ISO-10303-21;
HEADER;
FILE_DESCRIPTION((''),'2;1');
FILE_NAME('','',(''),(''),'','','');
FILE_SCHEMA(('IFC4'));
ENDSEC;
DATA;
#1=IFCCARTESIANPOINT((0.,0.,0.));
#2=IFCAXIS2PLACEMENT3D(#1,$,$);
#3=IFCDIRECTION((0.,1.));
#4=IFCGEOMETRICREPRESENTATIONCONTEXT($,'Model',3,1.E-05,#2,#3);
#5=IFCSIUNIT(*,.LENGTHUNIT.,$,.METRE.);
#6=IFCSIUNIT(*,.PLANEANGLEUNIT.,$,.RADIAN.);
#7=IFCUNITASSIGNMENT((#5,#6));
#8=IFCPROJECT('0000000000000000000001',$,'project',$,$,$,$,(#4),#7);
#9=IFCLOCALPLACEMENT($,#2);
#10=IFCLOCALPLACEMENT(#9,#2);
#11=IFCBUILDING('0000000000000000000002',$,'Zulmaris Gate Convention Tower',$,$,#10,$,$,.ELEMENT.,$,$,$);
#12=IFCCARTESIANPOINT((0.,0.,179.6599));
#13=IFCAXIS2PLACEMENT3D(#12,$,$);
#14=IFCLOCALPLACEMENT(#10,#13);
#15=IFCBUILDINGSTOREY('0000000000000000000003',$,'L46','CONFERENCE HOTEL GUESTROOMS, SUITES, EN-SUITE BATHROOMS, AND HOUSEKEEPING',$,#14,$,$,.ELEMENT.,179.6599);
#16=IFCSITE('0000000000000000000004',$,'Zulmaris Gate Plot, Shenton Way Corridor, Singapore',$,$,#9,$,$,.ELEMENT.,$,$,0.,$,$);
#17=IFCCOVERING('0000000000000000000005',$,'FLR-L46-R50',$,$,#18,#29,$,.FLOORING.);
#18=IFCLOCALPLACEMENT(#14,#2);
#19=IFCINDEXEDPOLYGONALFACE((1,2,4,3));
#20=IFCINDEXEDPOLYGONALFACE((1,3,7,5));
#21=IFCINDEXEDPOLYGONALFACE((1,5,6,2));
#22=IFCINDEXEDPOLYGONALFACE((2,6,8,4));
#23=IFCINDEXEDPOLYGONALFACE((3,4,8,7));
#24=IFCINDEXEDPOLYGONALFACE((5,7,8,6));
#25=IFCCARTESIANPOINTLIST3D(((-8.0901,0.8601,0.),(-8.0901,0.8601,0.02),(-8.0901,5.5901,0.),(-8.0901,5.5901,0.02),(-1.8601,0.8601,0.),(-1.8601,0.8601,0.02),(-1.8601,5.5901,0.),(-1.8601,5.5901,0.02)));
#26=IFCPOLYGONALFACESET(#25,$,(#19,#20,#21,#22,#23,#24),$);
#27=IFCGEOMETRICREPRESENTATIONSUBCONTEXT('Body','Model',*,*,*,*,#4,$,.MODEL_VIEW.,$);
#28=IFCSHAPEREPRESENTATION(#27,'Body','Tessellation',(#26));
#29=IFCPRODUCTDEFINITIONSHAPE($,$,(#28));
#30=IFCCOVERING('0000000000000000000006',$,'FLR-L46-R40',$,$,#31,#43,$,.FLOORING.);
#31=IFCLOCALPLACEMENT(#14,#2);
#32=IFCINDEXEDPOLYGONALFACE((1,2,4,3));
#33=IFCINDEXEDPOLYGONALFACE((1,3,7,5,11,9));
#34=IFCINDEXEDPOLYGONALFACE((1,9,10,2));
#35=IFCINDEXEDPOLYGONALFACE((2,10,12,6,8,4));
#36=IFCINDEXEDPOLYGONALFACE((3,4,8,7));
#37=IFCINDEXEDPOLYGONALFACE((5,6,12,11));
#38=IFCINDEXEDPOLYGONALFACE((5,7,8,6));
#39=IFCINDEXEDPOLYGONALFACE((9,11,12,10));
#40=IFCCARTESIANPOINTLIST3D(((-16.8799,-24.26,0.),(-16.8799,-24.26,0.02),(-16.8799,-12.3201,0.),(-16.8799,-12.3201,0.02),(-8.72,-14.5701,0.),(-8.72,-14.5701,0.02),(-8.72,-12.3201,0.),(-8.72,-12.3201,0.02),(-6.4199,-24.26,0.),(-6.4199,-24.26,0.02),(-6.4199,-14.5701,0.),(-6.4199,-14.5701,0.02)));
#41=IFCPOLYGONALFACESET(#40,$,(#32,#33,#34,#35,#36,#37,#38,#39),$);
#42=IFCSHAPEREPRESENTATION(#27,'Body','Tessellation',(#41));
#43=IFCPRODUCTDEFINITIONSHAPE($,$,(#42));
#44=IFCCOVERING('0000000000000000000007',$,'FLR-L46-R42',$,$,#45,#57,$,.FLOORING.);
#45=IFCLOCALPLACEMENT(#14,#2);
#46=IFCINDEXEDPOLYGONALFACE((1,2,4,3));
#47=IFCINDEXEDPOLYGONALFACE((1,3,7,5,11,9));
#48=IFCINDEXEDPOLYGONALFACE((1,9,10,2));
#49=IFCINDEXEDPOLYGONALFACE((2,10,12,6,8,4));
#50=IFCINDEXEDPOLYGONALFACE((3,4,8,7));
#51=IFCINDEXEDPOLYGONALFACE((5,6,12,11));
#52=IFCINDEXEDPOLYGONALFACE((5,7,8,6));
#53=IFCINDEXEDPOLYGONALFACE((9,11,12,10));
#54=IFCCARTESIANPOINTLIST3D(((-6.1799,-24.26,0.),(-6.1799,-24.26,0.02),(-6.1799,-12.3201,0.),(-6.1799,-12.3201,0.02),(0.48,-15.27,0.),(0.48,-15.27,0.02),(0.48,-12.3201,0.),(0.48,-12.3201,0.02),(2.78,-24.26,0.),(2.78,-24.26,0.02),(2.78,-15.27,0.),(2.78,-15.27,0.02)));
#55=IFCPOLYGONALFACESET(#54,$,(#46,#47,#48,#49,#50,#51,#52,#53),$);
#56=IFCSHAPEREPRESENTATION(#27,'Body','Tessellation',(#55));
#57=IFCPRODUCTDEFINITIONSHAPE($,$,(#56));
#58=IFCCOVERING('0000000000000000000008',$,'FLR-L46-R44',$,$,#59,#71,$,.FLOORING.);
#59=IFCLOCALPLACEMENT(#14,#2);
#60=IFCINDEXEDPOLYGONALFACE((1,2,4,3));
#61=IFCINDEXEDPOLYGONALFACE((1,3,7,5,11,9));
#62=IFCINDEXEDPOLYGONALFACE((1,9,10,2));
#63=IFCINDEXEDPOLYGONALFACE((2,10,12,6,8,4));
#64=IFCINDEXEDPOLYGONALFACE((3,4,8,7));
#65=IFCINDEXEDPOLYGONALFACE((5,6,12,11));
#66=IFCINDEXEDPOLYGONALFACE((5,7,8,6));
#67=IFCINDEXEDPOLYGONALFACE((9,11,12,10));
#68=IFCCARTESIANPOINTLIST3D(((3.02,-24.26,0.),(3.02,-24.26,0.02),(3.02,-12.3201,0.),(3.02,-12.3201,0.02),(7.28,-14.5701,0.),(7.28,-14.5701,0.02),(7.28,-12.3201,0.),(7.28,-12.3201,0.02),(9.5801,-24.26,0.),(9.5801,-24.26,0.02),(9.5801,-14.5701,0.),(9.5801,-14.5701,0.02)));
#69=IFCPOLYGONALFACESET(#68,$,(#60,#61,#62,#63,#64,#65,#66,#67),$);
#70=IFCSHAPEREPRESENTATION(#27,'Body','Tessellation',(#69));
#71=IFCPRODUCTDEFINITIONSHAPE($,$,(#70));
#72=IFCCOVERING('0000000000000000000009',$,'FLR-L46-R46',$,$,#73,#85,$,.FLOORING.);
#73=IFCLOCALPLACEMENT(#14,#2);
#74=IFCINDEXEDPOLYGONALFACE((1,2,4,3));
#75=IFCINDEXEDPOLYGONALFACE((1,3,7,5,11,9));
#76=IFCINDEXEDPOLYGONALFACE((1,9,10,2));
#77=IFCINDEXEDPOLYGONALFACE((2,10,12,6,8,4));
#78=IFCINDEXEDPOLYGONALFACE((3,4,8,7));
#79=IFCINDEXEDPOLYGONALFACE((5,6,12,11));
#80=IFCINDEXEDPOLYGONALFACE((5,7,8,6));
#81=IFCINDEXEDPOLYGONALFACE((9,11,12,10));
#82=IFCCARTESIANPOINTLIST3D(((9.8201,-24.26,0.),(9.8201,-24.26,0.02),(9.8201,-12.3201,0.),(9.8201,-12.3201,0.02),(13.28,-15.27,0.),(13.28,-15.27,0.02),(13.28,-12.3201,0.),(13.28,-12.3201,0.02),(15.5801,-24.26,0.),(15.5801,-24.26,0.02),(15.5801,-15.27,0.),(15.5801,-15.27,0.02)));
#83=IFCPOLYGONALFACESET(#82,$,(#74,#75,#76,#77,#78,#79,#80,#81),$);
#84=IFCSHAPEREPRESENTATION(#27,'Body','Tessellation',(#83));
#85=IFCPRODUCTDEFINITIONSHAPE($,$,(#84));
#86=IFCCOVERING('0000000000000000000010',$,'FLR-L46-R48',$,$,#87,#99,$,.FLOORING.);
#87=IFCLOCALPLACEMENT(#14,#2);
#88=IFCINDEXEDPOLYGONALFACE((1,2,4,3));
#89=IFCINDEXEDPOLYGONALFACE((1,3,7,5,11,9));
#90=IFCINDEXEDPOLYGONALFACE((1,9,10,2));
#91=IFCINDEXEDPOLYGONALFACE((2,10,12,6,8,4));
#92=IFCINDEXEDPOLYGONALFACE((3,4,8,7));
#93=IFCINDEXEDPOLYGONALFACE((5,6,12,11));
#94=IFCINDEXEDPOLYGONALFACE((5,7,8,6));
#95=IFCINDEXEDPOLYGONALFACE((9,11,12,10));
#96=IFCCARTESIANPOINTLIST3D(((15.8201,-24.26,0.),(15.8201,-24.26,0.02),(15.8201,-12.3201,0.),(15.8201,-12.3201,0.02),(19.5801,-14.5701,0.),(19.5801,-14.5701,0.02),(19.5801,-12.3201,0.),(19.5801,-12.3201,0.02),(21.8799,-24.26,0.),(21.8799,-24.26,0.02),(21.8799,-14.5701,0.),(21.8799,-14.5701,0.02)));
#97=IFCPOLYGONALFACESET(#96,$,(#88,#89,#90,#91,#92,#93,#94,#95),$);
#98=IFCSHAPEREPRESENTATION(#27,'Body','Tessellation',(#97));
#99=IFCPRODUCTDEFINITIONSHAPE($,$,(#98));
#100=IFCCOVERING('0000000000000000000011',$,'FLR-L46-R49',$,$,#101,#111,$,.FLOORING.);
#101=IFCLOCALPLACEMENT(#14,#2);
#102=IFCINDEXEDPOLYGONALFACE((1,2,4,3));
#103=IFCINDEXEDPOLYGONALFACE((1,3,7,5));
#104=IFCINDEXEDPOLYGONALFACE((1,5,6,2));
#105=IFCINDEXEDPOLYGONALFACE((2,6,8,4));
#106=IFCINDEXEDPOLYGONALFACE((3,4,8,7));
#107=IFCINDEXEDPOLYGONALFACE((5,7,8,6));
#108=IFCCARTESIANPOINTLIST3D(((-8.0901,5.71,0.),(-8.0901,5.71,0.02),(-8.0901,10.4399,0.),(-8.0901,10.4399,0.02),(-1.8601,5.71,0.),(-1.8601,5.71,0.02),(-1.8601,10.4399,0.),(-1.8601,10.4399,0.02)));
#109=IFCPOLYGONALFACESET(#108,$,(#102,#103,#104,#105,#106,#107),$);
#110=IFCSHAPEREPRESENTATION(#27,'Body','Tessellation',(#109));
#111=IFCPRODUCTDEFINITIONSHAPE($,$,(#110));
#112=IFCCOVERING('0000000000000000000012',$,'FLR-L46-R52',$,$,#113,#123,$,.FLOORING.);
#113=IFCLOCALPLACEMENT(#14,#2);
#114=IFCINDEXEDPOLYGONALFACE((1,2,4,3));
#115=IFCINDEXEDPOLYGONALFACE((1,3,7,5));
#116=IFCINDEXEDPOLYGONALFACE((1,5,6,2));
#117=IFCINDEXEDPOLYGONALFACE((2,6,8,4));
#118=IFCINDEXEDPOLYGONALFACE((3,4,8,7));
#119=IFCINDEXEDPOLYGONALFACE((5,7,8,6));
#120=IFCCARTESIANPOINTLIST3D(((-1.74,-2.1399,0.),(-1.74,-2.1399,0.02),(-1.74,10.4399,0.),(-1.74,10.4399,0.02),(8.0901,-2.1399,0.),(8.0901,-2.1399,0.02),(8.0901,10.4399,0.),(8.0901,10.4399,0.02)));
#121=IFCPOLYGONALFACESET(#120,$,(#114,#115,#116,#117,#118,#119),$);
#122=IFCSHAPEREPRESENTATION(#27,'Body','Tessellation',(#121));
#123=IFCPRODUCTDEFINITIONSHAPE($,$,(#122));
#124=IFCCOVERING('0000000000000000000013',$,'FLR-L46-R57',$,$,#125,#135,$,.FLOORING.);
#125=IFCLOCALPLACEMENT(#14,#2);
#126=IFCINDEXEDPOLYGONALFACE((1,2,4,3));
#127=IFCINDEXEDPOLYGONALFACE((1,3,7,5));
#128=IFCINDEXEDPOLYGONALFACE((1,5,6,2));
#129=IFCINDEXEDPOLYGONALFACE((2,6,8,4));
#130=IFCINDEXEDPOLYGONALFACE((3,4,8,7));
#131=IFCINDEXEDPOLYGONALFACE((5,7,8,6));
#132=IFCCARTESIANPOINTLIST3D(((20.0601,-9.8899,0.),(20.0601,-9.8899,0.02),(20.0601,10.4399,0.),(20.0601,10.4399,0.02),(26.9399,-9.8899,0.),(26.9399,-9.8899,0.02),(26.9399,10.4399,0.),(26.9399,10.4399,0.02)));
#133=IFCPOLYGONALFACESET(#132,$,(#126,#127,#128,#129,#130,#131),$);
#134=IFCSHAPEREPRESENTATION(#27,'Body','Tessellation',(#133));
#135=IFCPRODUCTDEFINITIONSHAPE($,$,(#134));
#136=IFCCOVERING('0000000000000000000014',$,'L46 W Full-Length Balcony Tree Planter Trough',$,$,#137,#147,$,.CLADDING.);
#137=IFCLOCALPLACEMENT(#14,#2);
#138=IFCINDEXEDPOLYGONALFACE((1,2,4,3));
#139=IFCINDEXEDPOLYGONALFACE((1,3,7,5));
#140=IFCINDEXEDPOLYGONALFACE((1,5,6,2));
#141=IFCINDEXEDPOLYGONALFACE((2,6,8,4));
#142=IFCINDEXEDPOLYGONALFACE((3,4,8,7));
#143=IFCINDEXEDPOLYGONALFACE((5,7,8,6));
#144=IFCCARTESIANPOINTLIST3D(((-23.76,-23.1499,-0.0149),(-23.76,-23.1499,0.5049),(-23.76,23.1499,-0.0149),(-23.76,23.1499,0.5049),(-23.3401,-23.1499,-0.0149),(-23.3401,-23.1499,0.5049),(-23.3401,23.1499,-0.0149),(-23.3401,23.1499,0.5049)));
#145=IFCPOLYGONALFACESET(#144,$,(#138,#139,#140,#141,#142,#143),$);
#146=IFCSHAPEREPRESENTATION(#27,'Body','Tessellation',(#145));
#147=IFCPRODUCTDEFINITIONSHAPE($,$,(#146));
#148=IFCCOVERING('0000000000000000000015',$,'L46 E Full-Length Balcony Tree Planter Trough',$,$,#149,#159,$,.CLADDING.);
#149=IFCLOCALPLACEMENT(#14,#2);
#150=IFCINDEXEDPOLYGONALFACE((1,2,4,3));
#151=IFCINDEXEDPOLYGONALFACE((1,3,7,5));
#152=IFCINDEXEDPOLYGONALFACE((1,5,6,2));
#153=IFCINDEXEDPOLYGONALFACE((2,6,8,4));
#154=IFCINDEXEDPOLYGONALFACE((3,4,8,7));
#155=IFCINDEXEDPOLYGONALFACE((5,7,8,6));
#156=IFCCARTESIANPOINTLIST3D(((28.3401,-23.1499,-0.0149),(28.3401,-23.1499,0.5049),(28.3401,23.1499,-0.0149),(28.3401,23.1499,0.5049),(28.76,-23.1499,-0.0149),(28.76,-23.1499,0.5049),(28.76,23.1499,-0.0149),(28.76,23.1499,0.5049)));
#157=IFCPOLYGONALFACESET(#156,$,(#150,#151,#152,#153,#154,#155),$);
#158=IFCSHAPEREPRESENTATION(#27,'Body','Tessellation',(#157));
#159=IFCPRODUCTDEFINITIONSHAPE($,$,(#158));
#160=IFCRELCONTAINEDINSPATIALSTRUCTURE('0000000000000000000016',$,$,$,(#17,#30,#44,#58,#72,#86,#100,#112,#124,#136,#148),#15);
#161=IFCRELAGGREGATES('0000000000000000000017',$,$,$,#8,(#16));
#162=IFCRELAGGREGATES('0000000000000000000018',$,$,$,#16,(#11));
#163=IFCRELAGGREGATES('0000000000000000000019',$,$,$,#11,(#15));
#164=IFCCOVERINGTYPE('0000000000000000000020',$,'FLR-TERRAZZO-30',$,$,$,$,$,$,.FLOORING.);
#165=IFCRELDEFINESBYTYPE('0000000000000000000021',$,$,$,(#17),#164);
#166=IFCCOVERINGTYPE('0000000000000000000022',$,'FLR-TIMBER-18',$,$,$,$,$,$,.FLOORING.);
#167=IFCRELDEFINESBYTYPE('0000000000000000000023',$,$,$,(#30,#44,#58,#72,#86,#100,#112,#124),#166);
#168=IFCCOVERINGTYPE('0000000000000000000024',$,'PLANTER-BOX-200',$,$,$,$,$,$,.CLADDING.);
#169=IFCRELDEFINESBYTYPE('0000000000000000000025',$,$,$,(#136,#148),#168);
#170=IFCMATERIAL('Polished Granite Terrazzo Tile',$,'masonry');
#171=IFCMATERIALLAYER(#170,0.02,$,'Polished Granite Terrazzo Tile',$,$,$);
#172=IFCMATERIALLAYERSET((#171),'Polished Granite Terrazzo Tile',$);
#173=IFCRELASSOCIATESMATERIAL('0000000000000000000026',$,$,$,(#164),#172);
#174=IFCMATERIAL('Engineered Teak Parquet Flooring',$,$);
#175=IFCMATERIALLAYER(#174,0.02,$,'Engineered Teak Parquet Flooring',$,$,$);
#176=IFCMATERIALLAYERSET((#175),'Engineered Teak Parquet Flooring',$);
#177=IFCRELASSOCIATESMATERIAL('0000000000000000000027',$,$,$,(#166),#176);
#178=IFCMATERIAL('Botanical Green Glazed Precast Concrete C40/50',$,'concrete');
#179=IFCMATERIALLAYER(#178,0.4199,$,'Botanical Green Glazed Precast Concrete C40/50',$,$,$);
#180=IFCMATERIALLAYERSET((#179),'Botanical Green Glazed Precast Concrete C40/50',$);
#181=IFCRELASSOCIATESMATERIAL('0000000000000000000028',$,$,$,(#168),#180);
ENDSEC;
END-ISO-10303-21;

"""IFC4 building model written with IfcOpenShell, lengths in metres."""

from ifc_helpers import new_model, si_unit, direction, frame, origin, place, context, subcontext, project, spatial, polyline, outline, extrude, material, layer, layer_set, type_object, element, save


model = new_model("IFC4")

# Units and contexts
model_context = context("Model", 3, precision=1e-05, world=origin(), true_north=direction((0.0, 1.0)))
body_context = subcontext(model_context, "Body", "Model", "MODEL_VIEW")
ifc_project = project(units=[si_unit("LENGTHUNIT", "METRE"), si_unit("PLANEANGLEUNIT", "RADIAN")], contexts=[model_context])

# Site, building, storey
site_placement = place(None, origin())
site = spatial("IfcSite", under=ifc_project, at=site_placement, Name="Zulmaris Gate Plot, Shenton Way Corridor, Singapore", CompositionType="ELEMENT", RefElevation=0.0)
building_placement = place(site_placement, origin())
building = spatial("IfcBuilding", under=site, at=building_placement, Name="Zulmaris Gate Convention Tower", CompositionType="ELEMENT")
storey_placement = place(building_placement, frame((0.0, 0.0, 179.6599)))
storey = spatial("IfcBuildingStorey", under=building, at=storey_placement, Name="L46", Description="CONFERENCE HOTEL GUESTROOMS, SUITES, EN-SUITE BATHROOMS, AND HOUSEKEEPING", CompositionType="ELEMENT", Elevation=179.6599)

# Coverings
ifc_material_1 = material(Name="Polished Granite Terrazzo Tile", Category="masonry")
ifc_layer_1 = layer(ifc_material_1, 0.02, Name="Polished Granite Terrazzo Tile")
ifc_layer_set_1 = layer_set([ifc_layer_1], Name="Polished Granite Terrazzo Tile")
covering_type_1 = type_object("IfcCoveringType", Name="FLR-TERRAZZO-30", PredefinedType="FLOORING", material=ifc_layer_set_1)
covering_1_placement = place(storey_placement, origin())
element("IfcCovering", 1, at=covering_1_placement, inside=storey, type_object=covering_type_1, Name="FLR-L46-R50", PredefinedType="FLOORING", context=body_context, shape_type="SweptSolid", body=[
    extrude(outline(polyline([(-8.0901, 0.8601), (-1.8601, 0.8601), (-1.8601, 5.5901), (-8.0901, 5.5901), (-8.0901, 0.8601)])), origin(), (0.0, 0.0, 1.0), 0.02),
])
ifc_material_2 = material(Name="Engineered Teak Parquet Flooring")
ifc_layer_2 = layer(ifc_material_2, 0.02, Name="Engineered Teak Parquet Flooring")
ifc_layer_set_2 = layer_set([ifc_layer_2], Name="Engineered Teak Parquet Flooring")
covering_type_2 = type_object("IfcCoveringType", Name="FLR-TIMBER-18", PredefinedType="FLOORING", material=ifc_layer_set_2)
covering_2_placement = place(storey_placement, origin())
element("IfcCovering", 2, at=covering_2_placement, inside=storey, type_object=covering_type_2, Name="FLR-L46-R40", PredefinedType="FLOORING", context=body_context, shape_type="SweptSolid", body=[
    extrude(outline(polyline([(-16.8799, -24.26), (-6.4199, -24.26), (-6.4199, -14.5701), (-8.72, -14.5701), (-8.72, -12.3201), (-16.8799, -12.3201), (-16.8799, -24.26)])), origin(), (0.0, 0.0, 1.0), 0.02),
])
covering_3_placement = place(storey_placement, origin())
element("IfcCovering", 3, at=covering_3_placement, inside=storey, type_object=covering_type_2, Name="FLR-L46-R42", PredefinedType="FLOORING", context=body_context, shape_type="SweptSolid", body=[
    extrude(outline(polyline([(-6.1799, -24.26), (2.78, -24.26), (2.78, -15.27), (0.48, -15.27), (0.48, -12.3201), (-6.1799, -12.3201), (-6.1799, -24.26)])), origin(), (0.0, 0.0, 1.0), 0.02),
])
covering_4_placement = place(storey_placement, origin())
element("IfcCovering", 4, at=covering_4_placement, inside=storey, type_object=covering_type_2, Name="FLR-L46-R44", PredefinedType="FLOORING", context=body_context, shape_type="SweptSolid", body=[
    extrude(outline(polyline([(3.02, -24.26), (9.5801, -24.26), (9.5801, -14.5701), (7.28, -14.5701), (7.28, -12.3201), (3.02, -12.3201), (3.02, -24.26)])), origin(), (0.0, 0.0, 1.0), 0.02),
])
covering_5_placement = place(storey_placement, origin())
element("IfcCovering", 5, at=covering_5_placement, inside=storey, type_object=covering_type_2, Name="FLR-L46-R46", PredefinedType="FLOORING", context=body_context, shape_type="SweptSolid", body=[
    extrude(outline(polyline([(9.8201, -24.26), (15.5801, -24.26), (15.5801, -15.27), (13.28, -15.27), (13.28, -12.3201), (9.8201, -12.3201), (9.8201, -24.26)])), origin(), (0.0, 0.0, 1.0), 0.02),
])
covering_6_placement = place(storey_placement, origin())
element("IfcCovering", 6, at=covering_6_placement, inside=storey, type_object=covering_type_2, Name="FLR-L46-R48", PredefinedType="FLOORING", context=body_context, shape_type="SweptSolid", body=[
    extrude(outline(polyline([(15.8201, -24.26), (21.8799, -24.26), (21.8799, -14.5701), (19.5801, -14.5701), (19.5801, -12.3201), (15.8201, -12.3201), (15.8201, -24.26)])), origin(), (0.0, 0.0, 1.0), 0.02),
])
covering_7_placement = place(storey_placement, origin())
element("IfcCovering", 7, at=covering_7_placement, inside=storey, type_object=covering_type_2, Name="FLR-L46-R49", PredefinedType="FLOORING", context=body_context, shape_type="SweptSolid", body=[
    extrude(outline(polyline([(-8.0901, 5.71), (-1.8601, 5.71), (-1.8601, 10.4399), (-8.0901, 10.4399), (-8.0901, 5.71)])), origin(), (0.0, 0.0, 1.0), 0.02),
])
covering_8_placement = place(storey_placement, origin())
element("IfcCovering", 8, at=covering_8_placement, inside=storey, type_object=covering_type_2, Name="FLR-L46-R52", PredefinedType="FLOORING", context=body_context, shape_type="SweptSolid", body=[
    extrude(outline(polyline([(-1.74, -2.1399), (8.0901, -2.1399), (8.0901, 10.4399), (-1.74, 10.4399), (-1.74, -2.1399)])), origin(), (0.0, 0.0, 1.0), 0.02),
])
covering_9_placement = place(storey_placement, origin())
element("IfcCovering", 9, at=covering_9_placement, inside=storey, type_object=covering_type_2, Name="FLR-L46-R57", PredefinedType="FLOORING", context=body_context, shape_type="SweptSolid", body=[
    extrude(outline(polyline([(20.0601, -9.8899), (26.9399, -9.8899), (26.9399, 10.4399), (20.0601, 10.4399), (20.0601, -9.8899)])), origin(), (0.0, 0.0, 1.0), 0.02),
])
ifc_material_3 = material(Name="Botanical Green Glazed Precast Concrete C40/50", Category="concrete")
ifc_layer_3 = layer(ifc_material_3, 0.4199, Name="Botanical Green Glazed Precast Concrete C40/50")
ifc_layer_set_3 = layer_set([ifc_layer_3], Name="Botanical Green Glazed Precast Concrete C40/50")
covering_type_3 = type_object("IfcCoveringType", Name="PLANTER-BOX-200", PredefinedType="CLADDING", material=ifc_layer_set_3)
covering_10_placement = place(storey_placement, frame((0.0, 0.0, -0.0149)))
element("IfcCovering", 10, at=covering_10_placement, inside=storey, type_object=covering_type_3, Name="L46 W Full-Length Balcony Tree Planter Trough", PredefinedType="CLADDING", context=body_context, shape_type="SweptSolid", body=[
    extrude(outline(polyline([(-23.76, -23.1499), (-23.3401, -23.1499), (-23.3401, 23.1499), (-23.76, 23.1499), (-23.76, -23.1499)])), origin(), (0.0, 0.0, 1.0), 0.5198),
])
covering_11_placement = place(storey_placement, frame((0.0, 0.0, -0.0149)))
element("IfcCovering", 11, at=covering_11_placement, inside=storey, type_object=covering_type_3, Name="L46 E Full-Length Balcony Tree Planter Trough", PredefinedType="CLADDING", context=body_context, shape_type="SweptSolid", body=[
    extrude(outline(polyline([(28.3401, -23.1499), (28.76, -23.1499), (28.76, 23.1499), (28.3401, 23.1499), (28.3401, -23.1499)])), origin(), (0.0, 0.0, 1.0), 0.5198),
])

save(model, "model.ifc")
